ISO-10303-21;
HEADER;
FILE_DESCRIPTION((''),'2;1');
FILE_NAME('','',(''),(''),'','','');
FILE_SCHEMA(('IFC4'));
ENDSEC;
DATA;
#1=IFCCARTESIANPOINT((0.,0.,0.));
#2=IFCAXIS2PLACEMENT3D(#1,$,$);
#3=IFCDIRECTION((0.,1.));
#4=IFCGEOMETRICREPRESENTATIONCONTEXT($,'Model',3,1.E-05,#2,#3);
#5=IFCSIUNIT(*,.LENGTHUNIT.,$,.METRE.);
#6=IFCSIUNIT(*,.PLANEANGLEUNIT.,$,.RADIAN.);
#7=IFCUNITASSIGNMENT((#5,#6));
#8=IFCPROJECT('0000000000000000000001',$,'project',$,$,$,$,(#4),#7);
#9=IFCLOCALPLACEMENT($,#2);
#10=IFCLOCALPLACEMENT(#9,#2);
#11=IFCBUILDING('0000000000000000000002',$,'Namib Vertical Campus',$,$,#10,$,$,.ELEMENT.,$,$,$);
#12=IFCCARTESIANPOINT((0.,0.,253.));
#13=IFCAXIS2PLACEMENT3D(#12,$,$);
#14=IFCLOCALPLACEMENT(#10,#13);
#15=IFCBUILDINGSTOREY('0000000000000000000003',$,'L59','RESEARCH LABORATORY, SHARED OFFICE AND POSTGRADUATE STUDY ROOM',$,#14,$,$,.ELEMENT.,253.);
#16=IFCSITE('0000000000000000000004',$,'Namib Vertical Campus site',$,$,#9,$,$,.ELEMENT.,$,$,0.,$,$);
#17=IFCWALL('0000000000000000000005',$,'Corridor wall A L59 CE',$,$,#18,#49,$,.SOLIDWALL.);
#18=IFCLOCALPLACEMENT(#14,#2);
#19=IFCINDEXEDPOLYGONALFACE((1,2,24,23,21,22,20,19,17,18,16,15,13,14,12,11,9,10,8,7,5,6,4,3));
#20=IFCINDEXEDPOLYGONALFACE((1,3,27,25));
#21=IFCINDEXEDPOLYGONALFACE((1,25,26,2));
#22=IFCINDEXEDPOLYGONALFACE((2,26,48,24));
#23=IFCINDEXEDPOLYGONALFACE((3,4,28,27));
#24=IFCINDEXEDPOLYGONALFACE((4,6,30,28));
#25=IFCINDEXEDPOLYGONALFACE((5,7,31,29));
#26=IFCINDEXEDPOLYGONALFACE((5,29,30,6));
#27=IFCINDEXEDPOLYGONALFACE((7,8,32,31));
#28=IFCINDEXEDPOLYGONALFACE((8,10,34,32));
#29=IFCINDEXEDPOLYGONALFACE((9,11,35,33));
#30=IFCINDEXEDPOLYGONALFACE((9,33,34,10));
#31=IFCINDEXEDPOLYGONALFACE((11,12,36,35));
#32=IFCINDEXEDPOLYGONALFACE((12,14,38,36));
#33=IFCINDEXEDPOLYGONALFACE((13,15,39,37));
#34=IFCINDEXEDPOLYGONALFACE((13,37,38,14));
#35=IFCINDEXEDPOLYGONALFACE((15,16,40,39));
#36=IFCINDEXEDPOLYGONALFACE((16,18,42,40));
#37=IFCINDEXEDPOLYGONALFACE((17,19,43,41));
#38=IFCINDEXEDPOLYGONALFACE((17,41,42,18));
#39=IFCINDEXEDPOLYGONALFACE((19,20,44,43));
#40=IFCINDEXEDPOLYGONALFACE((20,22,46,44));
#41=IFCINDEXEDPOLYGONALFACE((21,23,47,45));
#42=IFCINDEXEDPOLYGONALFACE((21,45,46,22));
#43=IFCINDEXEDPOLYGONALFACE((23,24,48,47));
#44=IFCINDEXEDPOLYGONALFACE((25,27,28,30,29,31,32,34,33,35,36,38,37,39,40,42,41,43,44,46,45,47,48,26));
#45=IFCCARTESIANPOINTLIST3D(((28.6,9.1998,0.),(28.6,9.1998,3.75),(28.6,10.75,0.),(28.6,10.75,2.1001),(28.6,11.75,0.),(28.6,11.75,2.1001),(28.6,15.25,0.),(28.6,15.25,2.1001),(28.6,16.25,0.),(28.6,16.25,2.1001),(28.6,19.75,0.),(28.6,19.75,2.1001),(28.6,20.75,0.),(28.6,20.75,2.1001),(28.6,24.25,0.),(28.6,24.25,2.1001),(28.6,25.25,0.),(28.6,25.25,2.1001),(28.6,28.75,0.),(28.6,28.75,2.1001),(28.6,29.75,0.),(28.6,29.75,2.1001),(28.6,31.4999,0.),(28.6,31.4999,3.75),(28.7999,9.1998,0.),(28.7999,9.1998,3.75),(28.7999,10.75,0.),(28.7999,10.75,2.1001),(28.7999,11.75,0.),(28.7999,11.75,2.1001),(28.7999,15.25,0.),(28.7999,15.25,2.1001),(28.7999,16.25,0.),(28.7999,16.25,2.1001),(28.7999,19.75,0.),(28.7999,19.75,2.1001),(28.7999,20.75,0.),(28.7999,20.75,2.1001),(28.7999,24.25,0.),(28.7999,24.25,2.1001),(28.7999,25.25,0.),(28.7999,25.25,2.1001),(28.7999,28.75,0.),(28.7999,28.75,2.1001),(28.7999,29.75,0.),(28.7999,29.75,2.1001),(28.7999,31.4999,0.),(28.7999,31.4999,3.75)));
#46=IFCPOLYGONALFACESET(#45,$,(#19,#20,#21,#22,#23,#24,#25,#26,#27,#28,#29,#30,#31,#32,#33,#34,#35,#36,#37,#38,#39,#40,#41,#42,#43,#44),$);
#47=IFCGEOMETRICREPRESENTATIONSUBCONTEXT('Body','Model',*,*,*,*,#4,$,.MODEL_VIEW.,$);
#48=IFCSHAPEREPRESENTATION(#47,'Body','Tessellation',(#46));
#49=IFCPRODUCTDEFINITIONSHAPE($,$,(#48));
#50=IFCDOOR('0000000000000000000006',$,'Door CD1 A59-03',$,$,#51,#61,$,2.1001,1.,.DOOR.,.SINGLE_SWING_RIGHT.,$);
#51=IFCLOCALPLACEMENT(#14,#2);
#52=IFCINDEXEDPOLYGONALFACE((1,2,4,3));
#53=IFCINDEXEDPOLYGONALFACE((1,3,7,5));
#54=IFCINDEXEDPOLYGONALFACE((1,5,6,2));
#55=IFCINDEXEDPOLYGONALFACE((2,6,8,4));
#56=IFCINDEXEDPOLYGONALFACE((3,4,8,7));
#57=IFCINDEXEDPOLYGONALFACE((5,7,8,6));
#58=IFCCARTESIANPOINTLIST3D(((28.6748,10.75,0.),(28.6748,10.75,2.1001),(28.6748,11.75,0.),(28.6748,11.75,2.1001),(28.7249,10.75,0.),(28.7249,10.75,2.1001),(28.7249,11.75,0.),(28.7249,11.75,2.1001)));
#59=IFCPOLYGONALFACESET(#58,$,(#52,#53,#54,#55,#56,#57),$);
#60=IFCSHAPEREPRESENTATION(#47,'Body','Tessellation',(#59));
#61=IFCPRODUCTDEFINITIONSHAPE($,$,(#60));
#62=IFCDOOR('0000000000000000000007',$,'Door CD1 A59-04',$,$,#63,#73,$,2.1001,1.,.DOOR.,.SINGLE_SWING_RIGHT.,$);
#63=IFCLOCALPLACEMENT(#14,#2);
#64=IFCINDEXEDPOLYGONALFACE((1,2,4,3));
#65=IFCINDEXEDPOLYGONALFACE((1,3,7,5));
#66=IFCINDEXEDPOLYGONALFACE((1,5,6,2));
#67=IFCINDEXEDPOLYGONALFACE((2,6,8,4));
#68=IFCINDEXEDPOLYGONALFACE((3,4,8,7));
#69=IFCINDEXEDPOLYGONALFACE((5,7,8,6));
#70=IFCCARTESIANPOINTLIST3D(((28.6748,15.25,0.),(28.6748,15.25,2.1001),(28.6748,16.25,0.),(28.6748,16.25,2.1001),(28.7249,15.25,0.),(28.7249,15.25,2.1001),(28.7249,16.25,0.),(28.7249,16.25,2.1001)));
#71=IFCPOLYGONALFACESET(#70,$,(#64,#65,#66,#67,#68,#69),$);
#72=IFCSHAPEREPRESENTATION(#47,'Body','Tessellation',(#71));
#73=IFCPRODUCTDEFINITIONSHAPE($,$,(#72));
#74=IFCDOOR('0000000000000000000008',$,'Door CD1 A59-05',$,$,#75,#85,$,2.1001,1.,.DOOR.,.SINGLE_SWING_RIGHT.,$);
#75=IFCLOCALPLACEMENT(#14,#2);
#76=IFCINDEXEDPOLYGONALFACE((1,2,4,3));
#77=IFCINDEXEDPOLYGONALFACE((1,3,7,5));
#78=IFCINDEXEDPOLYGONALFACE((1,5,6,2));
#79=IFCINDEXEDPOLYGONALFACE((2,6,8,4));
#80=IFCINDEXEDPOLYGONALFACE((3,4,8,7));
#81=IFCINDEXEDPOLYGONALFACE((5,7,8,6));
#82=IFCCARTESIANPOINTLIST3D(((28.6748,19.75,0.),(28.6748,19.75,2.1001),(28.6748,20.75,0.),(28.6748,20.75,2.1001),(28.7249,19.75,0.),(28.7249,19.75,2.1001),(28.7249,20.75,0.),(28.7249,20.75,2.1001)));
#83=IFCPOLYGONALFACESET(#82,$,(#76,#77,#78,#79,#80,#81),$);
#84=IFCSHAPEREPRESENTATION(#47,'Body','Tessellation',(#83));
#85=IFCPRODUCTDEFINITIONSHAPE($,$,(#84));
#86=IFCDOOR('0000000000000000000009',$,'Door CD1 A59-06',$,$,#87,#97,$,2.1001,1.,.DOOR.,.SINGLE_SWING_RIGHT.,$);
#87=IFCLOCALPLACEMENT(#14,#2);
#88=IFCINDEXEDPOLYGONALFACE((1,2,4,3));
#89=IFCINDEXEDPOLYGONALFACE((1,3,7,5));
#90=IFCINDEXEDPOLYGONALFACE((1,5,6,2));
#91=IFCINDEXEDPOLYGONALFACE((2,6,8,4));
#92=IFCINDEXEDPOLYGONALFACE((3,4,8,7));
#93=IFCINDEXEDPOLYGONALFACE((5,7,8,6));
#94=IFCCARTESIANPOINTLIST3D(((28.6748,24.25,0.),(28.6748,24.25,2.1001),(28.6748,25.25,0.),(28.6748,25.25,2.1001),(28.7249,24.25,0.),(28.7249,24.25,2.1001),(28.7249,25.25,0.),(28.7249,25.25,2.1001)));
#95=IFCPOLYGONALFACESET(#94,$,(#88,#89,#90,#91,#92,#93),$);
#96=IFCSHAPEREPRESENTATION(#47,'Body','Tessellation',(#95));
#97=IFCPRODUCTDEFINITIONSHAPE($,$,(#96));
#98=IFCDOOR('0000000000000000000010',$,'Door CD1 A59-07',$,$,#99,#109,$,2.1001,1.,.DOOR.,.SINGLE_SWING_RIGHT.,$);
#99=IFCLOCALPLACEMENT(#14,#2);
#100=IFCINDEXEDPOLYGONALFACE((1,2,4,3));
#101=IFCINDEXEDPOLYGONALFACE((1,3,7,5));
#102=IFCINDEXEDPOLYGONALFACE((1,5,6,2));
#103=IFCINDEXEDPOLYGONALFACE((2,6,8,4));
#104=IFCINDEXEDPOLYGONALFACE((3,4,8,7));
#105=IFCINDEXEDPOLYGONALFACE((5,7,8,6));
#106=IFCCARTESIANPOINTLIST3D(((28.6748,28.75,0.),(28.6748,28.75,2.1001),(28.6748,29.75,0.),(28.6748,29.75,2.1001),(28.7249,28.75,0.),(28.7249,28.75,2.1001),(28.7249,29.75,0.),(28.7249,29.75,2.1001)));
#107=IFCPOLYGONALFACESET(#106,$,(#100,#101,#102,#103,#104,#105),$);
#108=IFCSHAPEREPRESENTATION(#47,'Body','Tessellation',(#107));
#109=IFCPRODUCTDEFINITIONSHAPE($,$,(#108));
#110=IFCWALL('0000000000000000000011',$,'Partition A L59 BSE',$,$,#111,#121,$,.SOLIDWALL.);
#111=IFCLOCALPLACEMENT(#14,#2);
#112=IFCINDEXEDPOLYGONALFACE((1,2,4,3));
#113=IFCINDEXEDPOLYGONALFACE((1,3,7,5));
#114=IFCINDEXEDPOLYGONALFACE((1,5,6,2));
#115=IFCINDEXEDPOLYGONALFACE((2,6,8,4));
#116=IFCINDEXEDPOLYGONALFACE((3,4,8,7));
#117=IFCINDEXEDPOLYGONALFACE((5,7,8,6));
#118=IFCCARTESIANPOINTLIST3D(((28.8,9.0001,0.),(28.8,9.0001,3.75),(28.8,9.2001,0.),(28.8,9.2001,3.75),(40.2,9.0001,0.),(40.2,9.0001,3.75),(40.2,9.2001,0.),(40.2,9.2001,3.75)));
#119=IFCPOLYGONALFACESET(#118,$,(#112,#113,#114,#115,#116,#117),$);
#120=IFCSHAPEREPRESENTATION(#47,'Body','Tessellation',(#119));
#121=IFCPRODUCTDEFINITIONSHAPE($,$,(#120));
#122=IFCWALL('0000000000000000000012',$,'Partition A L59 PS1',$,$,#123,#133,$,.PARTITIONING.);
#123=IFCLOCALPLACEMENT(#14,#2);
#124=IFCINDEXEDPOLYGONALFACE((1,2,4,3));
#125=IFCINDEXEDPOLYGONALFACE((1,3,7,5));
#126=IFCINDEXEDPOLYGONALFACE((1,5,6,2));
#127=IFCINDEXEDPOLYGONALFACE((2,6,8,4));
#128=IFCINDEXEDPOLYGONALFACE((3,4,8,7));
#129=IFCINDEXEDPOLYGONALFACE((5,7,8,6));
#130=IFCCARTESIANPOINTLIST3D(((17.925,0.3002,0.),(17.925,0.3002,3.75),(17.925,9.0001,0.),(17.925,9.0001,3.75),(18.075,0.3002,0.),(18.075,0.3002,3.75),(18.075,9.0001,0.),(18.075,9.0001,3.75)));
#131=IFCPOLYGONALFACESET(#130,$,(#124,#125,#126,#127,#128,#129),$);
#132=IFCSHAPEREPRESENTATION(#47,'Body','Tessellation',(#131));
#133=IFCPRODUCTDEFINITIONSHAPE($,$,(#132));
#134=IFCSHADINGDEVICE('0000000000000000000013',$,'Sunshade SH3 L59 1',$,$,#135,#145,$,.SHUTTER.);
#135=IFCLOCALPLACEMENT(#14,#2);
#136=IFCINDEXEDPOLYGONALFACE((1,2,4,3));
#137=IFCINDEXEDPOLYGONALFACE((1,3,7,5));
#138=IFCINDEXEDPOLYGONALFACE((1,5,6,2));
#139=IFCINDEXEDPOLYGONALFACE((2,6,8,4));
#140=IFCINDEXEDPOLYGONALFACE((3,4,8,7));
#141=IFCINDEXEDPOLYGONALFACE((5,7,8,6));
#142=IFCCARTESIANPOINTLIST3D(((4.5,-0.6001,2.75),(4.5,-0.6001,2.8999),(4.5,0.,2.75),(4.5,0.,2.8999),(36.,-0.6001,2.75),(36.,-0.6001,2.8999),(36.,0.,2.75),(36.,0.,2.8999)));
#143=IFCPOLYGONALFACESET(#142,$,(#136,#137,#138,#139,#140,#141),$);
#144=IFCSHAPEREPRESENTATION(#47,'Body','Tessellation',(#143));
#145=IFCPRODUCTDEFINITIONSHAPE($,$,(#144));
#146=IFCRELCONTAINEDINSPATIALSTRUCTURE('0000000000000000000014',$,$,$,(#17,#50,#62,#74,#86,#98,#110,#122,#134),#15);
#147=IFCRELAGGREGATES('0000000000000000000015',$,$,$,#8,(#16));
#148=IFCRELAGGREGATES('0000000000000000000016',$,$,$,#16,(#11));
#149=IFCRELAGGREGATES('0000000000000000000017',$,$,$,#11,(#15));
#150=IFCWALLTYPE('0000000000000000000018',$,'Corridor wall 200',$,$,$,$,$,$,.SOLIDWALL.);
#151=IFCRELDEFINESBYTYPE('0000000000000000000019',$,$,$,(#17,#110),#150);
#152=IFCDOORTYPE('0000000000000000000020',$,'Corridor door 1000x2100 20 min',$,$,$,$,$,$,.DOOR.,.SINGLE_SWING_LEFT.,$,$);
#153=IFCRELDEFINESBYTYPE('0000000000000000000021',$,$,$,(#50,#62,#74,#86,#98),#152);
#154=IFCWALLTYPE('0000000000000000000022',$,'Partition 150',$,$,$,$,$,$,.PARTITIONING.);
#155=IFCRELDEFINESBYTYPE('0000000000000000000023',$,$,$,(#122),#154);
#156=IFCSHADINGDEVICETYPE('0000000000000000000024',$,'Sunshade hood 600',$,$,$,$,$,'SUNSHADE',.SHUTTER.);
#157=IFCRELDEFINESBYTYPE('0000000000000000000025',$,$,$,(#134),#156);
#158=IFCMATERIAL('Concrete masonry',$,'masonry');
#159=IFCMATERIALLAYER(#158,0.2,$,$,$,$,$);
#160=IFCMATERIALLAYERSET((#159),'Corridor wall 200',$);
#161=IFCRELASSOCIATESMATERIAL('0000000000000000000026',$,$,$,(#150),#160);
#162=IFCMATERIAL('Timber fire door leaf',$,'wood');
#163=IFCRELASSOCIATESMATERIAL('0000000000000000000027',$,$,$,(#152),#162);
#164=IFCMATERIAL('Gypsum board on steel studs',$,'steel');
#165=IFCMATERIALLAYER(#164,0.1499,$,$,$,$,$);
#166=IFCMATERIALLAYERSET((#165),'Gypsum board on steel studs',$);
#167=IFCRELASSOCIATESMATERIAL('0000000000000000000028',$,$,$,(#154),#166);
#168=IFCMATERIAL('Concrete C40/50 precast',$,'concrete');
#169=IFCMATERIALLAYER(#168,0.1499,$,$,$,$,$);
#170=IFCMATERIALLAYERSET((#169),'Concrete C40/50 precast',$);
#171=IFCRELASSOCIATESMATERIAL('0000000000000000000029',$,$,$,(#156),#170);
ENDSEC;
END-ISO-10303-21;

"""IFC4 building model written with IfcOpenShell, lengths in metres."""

from ifc_helpers import new_model, si_unit, direction, frame, frame_2d, origin, origin_2d, place, context, subcontext, project, spatial, rectangle, extrude, material, layer, layer_set, type_object, element, fill, save


model = new_model("IFC4")

# Units and contexts
model_context = context("Model", 3, precision=1e-05, world=origin(), true_north=direction((0.0, 1.0)))
body_context = subcontext(model_context, "Body", "Model", "MODEL_VIEW")
ifc_project = project(units=[si_unit("LENGTHUNIT", "METRE"), si_unit("PLANEANGLEUNIT", "RADIAN")], contexts=[model_context])

# Site, building, storey
site_placement = place(None, origin())
site = spatial("IfcSite", under=ifc_project, at=site_placement, Name="Namib Vertical Campus site", CompositionType="ELEMENT", RefElevation=0.0)
building_placement = place(site_placement, origin())
building = spatial("IfcBuilding", under=site, at=building_placement, Name="Namib Vertical Campus", CompositionType="ELEMENT")
storey_placement = place(building_placement, frame((0.0, 0.0, 253.0)))
storey = spatial("IfcBuildingStorey", under=building, at=storey_placement, Name="L59", Description="RESEARCH LABORATORY, SHARED OFFICE AND POSTGRADUATE STUDY ROOM", CompositionType="ELEMENT", Elevation=253.0)

# Wall, openings, doors
ifc_material_1 = material(Name="Concrete masonry", Category="masonry")
ifc_layer_1 = layer(ifc_material_1, 0.2)
ifc_layer_set_1 = layer_set([ifc_layer_1], Name="Corridor wall 200")
wall_type_1 = type_object("IfcWallType", Name="Corridor wall 200", PredefinedType="SOLIDWALL", material=ifc_layer_set_1)
wall_1_placement = place(storey_placement, frame((28.7, 9.2, 0.0), z_axis=(0.0, 0.0, 1.0), x_axis=(0.0, 1.0, 0.0)))
wall_1 = element("IfcWall", 1, at=wall_1_placement, inside=storey, type_object=wall_type_1, Name="Corridor wall A L59 CE", PredefinedType="SOLIDWALL", context=body_context, shape_type="SweptSolid", body=[
    extrude(rectangle(XDim=22.3, YDim=0.2, at=frame_2d((11.1499, 0.0))), origin(), (0.0, 0.0, 1.0), 3.75),
])
opening_1_placement = place(wall_1_placement, frame((1.55, 0.0, 0.0)))
opening_1 = element("IfcOpeningElement", 2, at=opening_1_placement, cuts=wall_1, PredefinedType="OPENING", context=body_context, shape_type="SweptSolid", body=[
    extrude(rectangle(XDim=1.0, YDim=2.1001, at=frame_2d((0.5, 1.05))), frame((0.0, 0.1099, 0.0), z_axis=(0.0, -1.0, 0.0), x_axis=(1.0, 0.0, 0.0)), (0.0, 0.0, 1.0), 0.22),
])
opening_2_placement = place(wall_1_placement, frame((6.05, 0.0, 0.0)))
opening_2 = element("IfcOpeningElement", 3, at=opening_2_placement, cuts=wall_1, PredefinedType="OPENING", context=body_context, shape_type="SweptSolid", body=[
    extrude(rectangle(XDim=1.0, YDim=2.1001, at=frame_2d((0.5, 1.05))), frame((0.0, 0.1099, 0.0), z_axis=(0.0, -1.0, 0.0), x_axis=(1.0, 0.0, 0.0)), (0.0, 0.0, 1.0), 0.22),
])
opening_3_placement = place(wall_1_placement, frame((10.55, 0.0, 0.0)))
opening_3 = element("IfcOpeningElement", 4, at=opening_3_placement, cuts=wall_1, PredefinedType="OPENING", context=body_context, shape_type="SweptSolid", body=[
    extrude(rectangle(XDim=1.0, YDim=2.1001, at=frame_2d((0.5, 1.05))), frame((0.0, 0.1099, 0.0), z_axis=(0.0, -1.0, 0.0), x_axis=(1.0, 0.0, 0.0)), (0.0, 0.0, 1.0), 0.22),
])
opening_4_placement = place(wall_1_placement, frame((15.05, 0.0, 0.0)))
opening_4 = element("IfcOpeningElement", 5, at=opening_4_placement, cuts=wall_1, PredefinedType="OPENING", context=body_context, shape_type="SweptSolid", body=[
    extrude(rectangle(XDim=1.0, YDim=2.1001, at=frame_2d((0.5, 1.05))), frame((0.0, 0.1099, 0.0), z_axis=(0.0, -1.0, 0.0), x_axis=(1.0, 0.0, 0.0)), (0.0, 0.0, 1.0), 0.22),
])
opening_5_placement = place(wall_1_placement, frame((19.55, 0.0, 0.0)))
opening_5 = element("IfcOpeningElement", 6, at=opening_5_placement, cuts=wall_1, PredefinedType="OPENING", context=body_context, shape_type="SweptSolid", body=[
    extrude(rectangle(XDim=1.0, YDim=2.1001, at=frame_2d((0.5, 1.05))), frame((0.0, 0.1099, 0.0), z_axis=(0.0, -1.0, 0.0), x_axis=(1.0, 0.0, 0.0)), (0.0, 0.0, 1.0), 0.22),
])
ifc_material_2 = material(Name="Timber fire door leaf", Category="wood")
door_type_1 = type_object("IfcDoorType", Name="Corridor door 1000x2100 20 min", OperationType="SINGLE_SWING_LEFT", PredefinedType="DOOR", material=ifc_material_2)
door_1_placement = place(opening_1_placement, frame((1.0, 0.0, 0.0), z_axis=(0.0, 0.0, 1.0), x_axis=(-1.0, 0.0, 0.0)))
door_1 = element("IfcDoor", 7, at=door_1_placement, inside=storey, type_object=door_type_1, Name="Door CD1 A59-03", OperationType="SINGLE_SWING_RIGHT", OverallHeight=2.1001, OverallWidth=1.0, PredefinedType="DOOR", context=body_context, shape_type="SweptSolid", body=[
    extrude(rectangle(XDim=1.0, YDim=2.1001, at=frame_2d((0.5, 1.05))), frame((0.0, 0.0249, 0.0), z_axis=(0.0, -1.0, 0.0), x_axis=(1.0, 0.0, 0.0)), (0.0, 0.0, 1.0), 0.05),
])
fill(opening_1, door_1)
door_2_placement = place(opening_2_placement, frame((1.0, 0.0, 0.0), z_axis=(0.0, 0.0, 1.0), x_axis=(-1.0, 0.0, 0.0)))
door_2 = element("IfcDoor", 8, at=door_2_placement, inside=storey, type_object=door_type_1, Name="Door CD1 A59-04", OperationType="SINGLE_SWING_RIGHT", OverallHeight=2.1001, OverallWidth=1.0, PredefinedType="DOOR", context=body_context, shape_type="SweptSolid", body=[
    extrude(rectangle(XDim=1.0, YDim=2.1001, at=frame_2d((0.5, 1.05))), frame((0.0, 0.0249, 0.0), z_axis=(0.0, -1.0, 0.0), x_axis=(1.0, 0.0, 0.0)), (0.0, 0.0, 1.0), 0.05),
])
fill(opening_2, door_2)
door_3_placement = place(opening_3_placement, frame((1.0, 0.0, 0.0), z_axis=(0.0, 0.0, 1.0), x_axis=(-1.0, 0.0, 0.0)))
door_3 = element("IfcDoor", 9, at=door_3_placement, inside=storey, type_object=door_type_1, Name="Door CD1 A59-05", OperationType="SINGLE_SWING_RIGHT", OverallHeight=2.1001, OverallWidth=1.0, PredefinedType="DOOR", context=body_context, shape_type="SweptSolid", body=[
    extrude(rectangle(XDim=1.0, YDim=2.1001, at=frame_2d((0.5, 1.05))), frame((0.0, 0.0249, 0.0), z_axis=(0.0, -1.0, 0.0), x_axis=(1.0, 0.0, 0.0)), (0.0, 0.0, 1.0), 0.05),
])
fill(opening_3, door_3)
door_4_placement = place(opening_4_placement, frame((1.0, 0.0, 0.0), z_axis=(0.0, 0.0, 1.0), x_axis=(-1.0, 0.0, 0.0)))
door_4 = element("IfcDoor", 10, at=door_4_placement, inside=storey, type_object=door_type_1, Name="Door CD1 A59-06", OperationType="SINGLE_SWING_RIGHT", OverallHeight=2.1001, OverallWidth=1.0, PredefinedType="DOOR", context=body_context, shape_type="SweptSolid", body=[
    extrude(rectangle(XDim=1.0, YDim=2.1001, at=frame_2d((0.5, 1.05))), frame((0.0, 0.0249, 0.0), z_axis=(0.0, -1.0, 0.0), x_axis=(1.0, 0.0, 0.0)), (0.0, 0.0, 1.0), 0.05),
])
fill(opening_4, door_4)
door_5_placement = place(opening_5_placement, frame((1.0, 0.0, 0.0), z_axis=(0.0, 0.0, 1.0), x_axis=(-1.0, 0.0, 0.0)))
door_5 = element("IfcDoor", 11, at=door_5_placement, inside=storey, type_object=door_type_1, Name="Door CD1 A59-07", OperationType="SINGLE_SWING_RIGHT", OverallHeight=2.1001, OverallWidth=1.0, PredefinedType="DOOR", context=body_context, shape_type="SweptSolid", body=[
    extrude(rectangle(XDim=1.0, YDim=2.1001, at=frame_2d((0.5, 1.05))), frame((0.0, 0.0249, 0.0), z_axis=(0.0, -1.0, 0.0), x_axis=(1.0, 0.0, 0.0)), (0.0, 0.0, 1.0), 0.05),
])
fill(opening_5, door_5)

# Walls
wall_2_placement = place(storey_placement, frame((28.8, 9.1001, 0.0), z_axis=(0.0, 0.0, 1.0), x_axis=(1.0, 0.0, 0.0)))
element("IfcWall", 12, at=wall_2_placement, inside=storey, type_object=wall_type_1, Name="Partition A L59 BSE", PredefinedType="SOLIDWALL", context=body_context, shape_type="SweptSolid", body=[
    extrude(rectangle(XDim=11.3999, YDim=0.2, at=frame_2d((5.7, 0.0))), origin(), (0.0, 0.0, 1.0), 3.75),
])
ifc_material_3 = material(Name="Gypsum board on steel studs", Category="steel")
ifc_layer_2 = layer(ifc_material_3, 0.1499)
ifc_layer_set_2 = layer_set([ifc_layer_2], Name="Gypsum board on steel studs")
wall_type_2 = type_object("IfcWallType", Name="Partition 150", PredefinedType="PARTITIONING", material=ifc_layer_set_2)
wall_3_placement = place(storey_placement, frame((18.0, 0.3, 0.0), z_axis=(0.0, 0.0, 1.0), x_axis=(0.0, 1.0, 0.0)))
element("IfcWall", 13, at=wall_3_placement, inside=storey, type_object=wall_type_2, Name="Partition A L59 PS1", PredefinedType="PARTITIONING", context=body_context, shape_type="SweptSolid", body=[
    extrude(rectangle(XDim=8.7, YDim=0.1499, at=frame_2d((4.3501, 0.0))), origin(), (0.0, 0.0, 1.0), 3.75),
])

# Shading device
ifc_material_4 = material(Name="Concrete C40/50 precast", Category="concrete")
ifc_layer_3 = layer(ifc_material_4, 0.1499)
ifc_layer_set_3 = layer_set([ifc_layer_3], Name="Concrete C40/50 precast")
shading_device_type = type_object("IfcShadingDeviceType", Name="Sunshade hood 600", ElementType="SUNSHADE", PredefinedType="SHUTTER", material=ifc_layer_set_3)
shading_device_placement = place(storey_placement, frame((20.25, -0.3, 2.75), z_axis=(0.0, 0.0, 1.0), x_axis=(1.0, 0.0, 0.0)))
element("IfcShadingDevice", 14, at=shading_device_placement, inside=storey, type_object=shading_device_type, Name="Sunshade SH3 L59 1", PredefinedType="SHUTTER", context=body_context, shape_type="SweptSolid", body=[
    extrude(rectangle(XDim=31.5, YDim=0.6001, at=origin_2d()), origin(), (0.0, 0.0, 1.0), 0.1499),
])

save(model, "model.ifc")
